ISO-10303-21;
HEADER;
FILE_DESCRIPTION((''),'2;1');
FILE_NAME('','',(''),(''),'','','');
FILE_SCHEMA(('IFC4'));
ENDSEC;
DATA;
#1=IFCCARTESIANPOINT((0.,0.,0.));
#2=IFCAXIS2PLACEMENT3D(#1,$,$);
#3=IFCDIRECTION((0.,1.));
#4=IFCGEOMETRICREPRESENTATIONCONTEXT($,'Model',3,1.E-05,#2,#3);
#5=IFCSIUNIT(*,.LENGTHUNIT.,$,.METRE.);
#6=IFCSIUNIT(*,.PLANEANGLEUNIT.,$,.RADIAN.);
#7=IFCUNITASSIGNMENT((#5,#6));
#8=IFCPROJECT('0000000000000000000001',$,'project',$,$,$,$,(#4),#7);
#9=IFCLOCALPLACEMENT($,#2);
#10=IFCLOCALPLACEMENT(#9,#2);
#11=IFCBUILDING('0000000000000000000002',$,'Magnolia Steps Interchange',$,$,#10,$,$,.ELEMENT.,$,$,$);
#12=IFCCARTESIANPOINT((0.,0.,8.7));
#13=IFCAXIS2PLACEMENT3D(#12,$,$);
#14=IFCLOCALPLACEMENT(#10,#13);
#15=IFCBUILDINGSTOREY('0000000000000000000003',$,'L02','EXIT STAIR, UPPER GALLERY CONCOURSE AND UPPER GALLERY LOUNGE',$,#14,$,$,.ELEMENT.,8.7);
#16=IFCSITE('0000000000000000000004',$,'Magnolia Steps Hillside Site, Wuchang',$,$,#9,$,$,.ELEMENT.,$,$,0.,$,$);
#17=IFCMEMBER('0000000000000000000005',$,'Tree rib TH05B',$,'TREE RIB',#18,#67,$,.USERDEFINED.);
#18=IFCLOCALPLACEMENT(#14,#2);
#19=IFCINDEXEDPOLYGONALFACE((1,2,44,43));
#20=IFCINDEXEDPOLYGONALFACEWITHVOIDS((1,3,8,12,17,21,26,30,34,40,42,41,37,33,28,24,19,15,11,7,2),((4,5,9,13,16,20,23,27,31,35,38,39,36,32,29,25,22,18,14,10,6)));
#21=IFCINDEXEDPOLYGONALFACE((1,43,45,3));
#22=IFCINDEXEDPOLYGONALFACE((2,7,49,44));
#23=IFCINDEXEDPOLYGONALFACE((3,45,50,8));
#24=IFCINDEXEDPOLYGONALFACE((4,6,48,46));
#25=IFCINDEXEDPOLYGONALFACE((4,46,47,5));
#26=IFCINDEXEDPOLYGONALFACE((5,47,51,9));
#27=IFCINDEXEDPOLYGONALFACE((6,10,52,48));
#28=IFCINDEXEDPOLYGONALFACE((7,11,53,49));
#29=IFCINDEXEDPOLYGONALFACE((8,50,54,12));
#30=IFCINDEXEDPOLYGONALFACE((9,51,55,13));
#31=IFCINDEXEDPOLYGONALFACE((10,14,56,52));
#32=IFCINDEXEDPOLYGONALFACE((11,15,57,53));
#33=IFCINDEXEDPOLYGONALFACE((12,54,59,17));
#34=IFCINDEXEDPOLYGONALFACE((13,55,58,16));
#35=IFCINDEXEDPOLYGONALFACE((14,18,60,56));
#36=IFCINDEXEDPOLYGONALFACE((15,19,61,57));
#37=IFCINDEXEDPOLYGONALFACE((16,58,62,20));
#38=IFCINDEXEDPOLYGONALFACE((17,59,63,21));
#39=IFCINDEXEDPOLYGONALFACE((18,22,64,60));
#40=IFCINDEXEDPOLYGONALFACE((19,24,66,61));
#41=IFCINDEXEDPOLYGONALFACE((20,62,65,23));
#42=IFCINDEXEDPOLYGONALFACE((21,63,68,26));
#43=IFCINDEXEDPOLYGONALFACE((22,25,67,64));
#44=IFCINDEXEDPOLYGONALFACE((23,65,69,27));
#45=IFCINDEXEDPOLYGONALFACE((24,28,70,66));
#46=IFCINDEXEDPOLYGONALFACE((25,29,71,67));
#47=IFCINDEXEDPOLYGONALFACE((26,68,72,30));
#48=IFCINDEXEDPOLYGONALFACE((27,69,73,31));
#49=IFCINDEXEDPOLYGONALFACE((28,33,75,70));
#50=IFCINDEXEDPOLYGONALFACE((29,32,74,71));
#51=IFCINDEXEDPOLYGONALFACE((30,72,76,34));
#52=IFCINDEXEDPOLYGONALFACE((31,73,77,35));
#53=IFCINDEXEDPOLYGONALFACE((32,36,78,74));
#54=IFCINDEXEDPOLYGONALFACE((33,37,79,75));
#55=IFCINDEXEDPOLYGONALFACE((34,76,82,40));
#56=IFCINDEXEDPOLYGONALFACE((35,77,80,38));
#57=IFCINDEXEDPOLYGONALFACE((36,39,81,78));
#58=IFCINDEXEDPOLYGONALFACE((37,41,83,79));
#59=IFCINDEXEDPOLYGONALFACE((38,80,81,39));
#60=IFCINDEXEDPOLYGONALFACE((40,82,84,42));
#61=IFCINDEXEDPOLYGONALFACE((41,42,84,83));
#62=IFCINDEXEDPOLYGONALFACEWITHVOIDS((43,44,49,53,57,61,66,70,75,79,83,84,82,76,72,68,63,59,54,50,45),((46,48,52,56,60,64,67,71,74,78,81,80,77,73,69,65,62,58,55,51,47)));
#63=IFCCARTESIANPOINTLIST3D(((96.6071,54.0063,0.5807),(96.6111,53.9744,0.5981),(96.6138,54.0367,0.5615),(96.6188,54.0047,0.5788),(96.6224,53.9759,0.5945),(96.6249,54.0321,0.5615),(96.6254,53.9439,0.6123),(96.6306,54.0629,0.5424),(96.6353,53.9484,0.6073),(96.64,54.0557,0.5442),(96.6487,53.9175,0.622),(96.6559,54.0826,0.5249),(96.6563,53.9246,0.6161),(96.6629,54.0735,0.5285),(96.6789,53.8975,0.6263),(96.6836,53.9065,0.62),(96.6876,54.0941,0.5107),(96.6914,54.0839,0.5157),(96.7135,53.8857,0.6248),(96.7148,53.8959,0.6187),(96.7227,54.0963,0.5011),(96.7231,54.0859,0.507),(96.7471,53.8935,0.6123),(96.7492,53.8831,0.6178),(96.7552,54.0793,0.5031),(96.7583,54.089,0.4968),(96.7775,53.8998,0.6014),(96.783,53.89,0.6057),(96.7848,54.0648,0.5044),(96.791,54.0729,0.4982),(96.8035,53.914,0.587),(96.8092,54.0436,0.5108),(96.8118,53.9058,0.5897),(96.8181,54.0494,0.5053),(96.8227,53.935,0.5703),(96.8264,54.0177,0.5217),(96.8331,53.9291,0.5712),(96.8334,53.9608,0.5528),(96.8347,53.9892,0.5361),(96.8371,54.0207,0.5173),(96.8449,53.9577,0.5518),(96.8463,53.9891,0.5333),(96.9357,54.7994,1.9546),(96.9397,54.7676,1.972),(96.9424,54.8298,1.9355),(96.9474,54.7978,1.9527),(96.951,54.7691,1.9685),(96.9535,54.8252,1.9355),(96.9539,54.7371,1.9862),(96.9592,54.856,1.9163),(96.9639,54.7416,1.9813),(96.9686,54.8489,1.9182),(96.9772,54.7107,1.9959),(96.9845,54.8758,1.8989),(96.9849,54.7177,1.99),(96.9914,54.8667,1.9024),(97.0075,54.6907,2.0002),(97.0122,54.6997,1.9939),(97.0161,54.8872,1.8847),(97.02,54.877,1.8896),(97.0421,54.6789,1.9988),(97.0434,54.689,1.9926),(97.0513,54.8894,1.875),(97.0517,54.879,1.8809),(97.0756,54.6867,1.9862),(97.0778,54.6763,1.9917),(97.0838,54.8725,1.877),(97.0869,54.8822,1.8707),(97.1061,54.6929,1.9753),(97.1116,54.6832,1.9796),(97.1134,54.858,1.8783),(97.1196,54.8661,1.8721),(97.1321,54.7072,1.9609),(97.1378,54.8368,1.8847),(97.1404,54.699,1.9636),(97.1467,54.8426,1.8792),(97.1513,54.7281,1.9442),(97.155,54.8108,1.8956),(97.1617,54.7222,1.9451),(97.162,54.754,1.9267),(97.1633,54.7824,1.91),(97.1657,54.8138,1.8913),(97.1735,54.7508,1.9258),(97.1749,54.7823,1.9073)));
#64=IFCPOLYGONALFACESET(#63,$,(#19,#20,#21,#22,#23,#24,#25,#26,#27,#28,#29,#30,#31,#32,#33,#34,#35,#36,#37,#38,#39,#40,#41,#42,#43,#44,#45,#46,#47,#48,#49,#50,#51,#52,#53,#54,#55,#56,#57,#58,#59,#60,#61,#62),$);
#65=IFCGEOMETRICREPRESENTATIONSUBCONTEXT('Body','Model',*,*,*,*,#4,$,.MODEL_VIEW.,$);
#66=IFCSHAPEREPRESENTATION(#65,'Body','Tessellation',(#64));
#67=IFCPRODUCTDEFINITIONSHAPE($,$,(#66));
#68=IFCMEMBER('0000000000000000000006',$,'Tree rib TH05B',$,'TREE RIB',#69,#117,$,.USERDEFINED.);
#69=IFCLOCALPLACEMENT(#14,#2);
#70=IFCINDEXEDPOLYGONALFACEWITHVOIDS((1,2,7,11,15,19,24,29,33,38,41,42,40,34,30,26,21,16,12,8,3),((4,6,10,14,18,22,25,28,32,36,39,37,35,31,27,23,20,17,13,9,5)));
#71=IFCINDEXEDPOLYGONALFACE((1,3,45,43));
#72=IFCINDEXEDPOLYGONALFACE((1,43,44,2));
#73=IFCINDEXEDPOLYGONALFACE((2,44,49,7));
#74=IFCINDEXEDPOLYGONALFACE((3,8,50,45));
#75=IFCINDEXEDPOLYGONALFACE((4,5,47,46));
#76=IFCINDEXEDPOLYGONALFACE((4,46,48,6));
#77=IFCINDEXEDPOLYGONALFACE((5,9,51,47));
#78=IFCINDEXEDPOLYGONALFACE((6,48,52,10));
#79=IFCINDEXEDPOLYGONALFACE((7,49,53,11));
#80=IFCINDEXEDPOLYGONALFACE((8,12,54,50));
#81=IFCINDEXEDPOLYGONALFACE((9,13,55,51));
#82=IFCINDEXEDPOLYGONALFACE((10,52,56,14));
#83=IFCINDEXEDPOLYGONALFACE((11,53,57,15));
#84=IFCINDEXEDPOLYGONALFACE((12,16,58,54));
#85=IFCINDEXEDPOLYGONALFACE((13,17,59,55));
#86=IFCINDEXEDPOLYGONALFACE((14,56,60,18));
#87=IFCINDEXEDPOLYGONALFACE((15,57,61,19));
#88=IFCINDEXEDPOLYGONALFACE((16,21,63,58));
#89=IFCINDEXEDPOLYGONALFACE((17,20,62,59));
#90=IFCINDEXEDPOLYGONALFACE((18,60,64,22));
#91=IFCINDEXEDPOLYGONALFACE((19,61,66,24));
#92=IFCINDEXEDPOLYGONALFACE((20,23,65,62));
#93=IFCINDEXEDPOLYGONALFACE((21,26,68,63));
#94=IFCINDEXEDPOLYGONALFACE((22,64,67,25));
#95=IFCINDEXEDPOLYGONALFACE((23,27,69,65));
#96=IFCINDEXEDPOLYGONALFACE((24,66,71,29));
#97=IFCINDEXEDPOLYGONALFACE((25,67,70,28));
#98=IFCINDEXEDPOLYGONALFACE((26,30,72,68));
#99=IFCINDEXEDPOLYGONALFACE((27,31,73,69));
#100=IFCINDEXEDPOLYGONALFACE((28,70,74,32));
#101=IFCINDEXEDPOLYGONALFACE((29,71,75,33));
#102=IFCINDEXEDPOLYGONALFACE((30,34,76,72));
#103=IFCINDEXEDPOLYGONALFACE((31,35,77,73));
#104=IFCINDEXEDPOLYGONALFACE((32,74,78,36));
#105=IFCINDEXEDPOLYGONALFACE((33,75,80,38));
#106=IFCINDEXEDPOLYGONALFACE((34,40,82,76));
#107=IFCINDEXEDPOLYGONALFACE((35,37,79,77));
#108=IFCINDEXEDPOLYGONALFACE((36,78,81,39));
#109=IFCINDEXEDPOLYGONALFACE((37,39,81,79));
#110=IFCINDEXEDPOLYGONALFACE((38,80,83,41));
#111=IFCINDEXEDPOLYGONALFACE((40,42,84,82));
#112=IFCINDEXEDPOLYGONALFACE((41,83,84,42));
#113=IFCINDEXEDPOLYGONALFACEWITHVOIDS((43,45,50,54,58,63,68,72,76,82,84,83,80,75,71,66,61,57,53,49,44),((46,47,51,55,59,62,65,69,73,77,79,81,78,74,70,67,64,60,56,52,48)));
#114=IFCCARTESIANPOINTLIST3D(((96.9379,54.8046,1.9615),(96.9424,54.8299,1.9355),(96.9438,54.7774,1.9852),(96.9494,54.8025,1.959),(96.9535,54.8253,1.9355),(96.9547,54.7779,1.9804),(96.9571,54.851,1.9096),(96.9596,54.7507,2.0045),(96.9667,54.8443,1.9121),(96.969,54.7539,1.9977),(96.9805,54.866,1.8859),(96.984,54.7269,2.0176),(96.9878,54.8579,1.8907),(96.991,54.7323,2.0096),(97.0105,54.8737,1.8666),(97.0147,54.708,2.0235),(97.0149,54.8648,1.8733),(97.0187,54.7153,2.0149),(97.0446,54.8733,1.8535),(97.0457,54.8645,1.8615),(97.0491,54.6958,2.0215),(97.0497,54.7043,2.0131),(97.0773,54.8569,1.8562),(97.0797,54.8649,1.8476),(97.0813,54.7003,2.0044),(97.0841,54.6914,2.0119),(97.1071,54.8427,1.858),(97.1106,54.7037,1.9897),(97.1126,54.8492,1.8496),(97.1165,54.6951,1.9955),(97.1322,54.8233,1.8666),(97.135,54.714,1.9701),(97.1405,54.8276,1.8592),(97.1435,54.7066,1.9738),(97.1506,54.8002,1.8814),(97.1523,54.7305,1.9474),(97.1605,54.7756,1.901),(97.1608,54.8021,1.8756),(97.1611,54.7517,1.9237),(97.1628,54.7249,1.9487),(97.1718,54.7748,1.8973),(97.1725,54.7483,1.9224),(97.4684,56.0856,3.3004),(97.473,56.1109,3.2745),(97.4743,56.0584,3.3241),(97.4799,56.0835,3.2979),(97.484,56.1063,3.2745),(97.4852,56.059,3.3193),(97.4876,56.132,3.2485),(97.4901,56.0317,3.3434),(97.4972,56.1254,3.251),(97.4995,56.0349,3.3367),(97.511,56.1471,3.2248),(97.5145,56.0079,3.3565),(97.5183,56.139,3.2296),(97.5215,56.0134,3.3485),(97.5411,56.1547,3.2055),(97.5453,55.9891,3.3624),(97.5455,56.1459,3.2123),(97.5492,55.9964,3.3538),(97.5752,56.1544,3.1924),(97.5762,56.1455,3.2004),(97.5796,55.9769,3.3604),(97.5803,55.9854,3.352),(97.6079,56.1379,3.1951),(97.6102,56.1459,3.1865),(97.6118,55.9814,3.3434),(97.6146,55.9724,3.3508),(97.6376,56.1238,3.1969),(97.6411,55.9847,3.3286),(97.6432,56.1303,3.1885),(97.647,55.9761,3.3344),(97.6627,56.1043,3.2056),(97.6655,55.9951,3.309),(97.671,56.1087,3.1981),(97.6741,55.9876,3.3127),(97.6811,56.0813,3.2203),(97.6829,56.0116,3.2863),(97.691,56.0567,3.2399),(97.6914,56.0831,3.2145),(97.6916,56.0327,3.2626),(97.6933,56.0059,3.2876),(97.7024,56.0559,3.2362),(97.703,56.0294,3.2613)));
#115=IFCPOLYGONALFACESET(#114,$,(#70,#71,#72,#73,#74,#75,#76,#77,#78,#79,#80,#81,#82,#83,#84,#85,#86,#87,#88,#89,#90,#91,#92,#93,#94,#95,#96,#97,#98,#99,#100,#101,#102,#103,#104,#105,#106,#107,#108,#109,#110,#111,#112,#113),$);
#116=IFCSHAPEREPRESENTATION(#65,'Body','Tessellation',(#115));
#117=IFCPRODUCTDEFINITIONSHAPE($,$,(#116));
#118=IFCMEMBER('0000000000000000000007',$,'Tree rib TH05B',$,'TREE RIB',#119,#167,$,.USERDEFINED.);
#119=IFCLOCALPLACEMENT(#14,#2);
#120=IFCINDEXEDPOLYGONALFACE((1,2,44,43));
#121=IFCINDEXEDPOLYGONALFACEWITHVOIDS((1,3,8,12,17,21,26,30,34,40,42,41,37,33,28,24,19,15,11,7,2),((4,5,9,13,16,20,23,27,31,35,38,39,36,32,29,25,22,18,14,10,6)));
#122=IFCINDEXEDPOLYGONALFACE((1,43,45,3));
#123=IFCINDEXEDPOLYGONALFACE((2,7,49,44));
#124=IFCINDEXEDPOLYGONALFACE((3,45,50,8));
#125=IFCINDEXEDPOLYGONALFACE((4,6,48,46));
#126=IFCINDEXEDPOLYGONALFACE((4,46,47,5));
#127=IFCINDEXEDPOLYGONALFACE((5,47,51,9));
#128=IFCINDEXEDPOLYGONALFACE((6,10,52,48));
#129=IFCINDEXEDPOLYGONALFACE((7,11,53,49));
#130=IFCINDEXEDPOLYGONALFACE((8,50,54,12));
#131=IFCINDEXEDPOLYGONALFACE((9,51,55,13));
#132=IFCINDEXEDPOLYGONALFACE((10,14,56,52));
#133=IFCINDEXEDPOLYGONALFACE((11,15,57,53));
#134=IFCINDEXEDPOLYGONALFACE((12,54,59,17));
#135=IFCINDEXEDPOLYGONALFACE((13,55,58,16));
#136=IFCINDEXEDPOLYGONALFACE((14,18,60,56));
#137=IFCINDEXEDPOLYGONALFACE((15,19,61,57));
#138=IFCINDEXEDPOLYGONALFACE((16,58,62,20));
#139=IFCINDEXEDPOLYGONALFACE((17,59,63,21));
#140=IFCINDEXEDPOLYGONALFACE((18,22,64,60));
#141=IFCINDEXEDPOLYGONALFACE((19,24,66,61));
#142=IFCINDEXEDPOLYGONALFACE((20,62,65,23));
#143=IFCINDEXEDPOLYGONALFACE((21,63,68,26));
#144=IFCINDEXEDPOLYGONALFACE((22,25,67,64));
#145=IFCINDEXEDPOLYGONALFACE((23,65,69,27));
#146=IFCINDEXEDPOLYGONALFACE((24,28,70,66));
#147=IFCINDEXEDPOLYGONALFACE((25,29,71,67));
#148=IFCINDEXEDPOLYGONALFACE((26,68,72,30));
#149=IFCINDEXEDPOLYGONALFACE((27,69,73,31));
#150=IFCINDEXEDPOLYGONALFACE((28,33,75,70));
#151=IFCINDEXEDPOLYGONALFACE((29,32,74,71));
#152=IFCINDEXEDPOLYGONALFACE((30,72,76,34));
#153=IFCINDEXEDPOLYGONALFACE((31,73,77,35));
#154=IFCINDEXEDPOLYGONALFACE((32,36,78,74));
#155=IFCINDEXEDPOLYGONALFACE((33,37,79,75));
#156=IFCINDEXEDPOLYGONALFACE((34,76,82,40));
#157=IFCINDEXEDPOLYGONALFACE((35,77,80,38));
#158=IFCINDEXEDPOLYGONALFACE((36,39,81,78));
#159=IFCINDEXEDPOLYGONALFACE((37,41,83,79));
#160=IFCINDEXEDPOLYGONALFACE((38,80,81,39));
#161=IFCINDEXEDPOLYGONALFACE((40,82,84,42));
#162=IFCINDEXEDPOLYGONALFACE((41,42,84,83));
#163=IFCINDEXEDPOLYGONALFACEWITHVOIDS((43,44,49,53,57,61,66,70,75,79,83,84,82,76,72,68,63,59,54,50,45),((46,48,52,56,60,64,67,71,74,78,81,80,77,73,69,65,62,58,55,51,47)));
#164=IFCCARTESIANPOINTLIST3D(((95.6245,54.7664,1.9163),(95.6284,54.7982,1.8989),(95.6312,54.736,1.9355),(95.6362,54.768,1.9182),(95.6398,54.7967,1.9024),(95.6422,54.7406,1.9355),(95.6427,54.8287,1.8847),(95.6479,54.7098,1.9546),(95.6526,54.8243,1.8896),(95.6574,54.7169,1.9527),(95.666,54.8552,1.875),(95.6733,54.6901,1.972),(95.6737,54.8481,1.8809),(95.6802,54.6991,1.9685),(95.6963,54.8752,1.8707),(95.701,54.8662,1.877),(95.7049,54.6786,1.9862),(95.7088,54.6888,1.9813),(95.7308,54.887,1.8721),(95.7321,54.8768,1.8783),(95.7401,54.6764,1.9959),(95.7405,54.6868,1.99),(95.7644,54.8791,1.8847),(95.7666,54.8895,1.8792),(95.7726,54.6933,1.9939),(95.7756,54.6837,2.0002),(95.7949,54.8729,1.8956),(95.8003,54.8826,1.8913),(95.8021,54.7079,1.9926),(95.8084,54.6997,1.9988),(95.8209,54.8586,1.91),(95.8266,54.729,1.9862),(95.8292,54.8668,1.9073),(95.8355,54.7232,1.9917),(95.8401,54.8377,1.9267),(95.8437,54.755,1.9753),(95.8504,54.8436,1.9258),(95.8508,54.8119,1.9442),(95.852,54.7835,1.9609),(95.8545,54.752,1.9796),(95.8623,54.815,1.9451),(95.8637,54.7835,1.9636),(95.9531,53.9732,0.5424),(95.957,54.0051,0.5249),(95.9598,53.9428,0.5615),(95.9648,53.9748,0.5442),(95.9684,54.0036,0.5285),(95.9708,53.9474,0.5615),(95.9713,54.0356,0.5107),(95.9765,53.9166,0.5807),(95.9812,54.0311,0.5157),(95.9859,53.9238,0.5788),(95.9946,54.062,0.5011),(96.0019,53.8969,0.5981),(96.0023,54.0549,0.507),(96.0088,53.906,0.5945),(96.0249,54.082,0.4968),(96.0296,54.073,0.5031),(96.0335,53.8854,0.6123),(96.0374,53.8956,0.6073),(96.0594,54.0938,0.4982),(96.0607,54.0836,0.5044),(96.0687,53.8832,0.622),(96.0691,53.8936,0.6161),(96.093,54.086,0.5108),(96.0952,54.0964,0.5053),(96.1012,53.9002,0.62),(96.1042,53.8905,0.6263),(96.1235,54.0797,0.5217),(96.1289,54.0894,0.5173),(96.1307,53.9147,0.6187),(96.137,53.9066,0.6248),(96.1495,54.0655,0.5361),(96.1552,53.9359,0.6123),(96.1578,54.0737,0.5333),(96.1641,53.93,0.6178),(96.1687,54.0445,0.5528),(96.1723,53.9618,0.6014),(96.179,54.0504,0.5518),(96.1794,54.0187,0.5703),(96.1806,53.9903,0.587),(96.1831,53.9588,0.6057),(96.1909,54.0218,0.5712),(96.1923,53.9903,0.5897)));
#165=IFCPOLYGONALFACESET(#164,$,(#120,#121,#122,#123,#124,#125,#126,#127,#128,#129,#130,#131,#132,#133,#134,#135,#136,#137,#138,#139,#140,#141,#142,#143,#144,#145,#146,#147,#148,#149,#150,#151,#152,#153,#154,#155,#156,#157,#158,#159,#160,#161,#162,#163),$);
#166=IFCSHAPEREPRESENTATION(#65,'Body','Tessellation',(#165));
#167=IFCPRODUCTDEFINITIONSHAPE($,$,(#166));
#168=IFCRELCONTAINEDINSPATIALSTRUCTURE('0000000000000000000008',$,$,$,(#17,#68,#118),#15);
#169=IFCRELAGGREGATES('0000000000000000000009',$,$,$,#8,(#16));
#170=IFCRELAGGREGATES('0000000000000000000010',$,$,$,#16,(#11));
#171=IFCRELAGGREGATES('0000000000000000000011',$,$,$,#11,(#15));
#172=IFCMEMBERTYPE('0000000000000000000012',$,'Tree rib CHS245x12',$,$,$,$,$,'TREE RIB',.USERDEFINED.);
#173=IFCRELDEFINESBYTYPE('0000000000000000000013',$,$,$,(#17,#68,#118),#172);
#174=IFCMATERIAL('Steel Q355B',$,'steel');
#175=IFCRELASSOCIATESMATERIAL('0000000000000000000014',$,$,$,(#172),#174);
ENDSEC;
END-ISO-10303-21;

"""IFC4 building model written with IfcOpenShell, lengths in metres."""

from ifc_helpers import new_model, si_unit, direction, frame, origin, origin_2d, place, context, subcontext, project, spatial, hollow_circle, extrude, material, material_profile, profile_set, type_object, element, save


model = new_model("IFC4")

# Units and contexts
model_context = context("Model", 3, precision=1e-05, world=origin(), true_north=direction((0.0, 1.0)))
body_context = subcontext(model_context, "Body", "Model", "MODEL_VIEW")
ifc_project = project(units=[si_unit("LENGTHUNIT", "METRE"), si_unit("PLANEANGLEUNIT", "RADIAN")], contexts=[model_context])

# Site, building, storey
site_placement = place(None, origin())
site = spatial("IfcSite", under=ifc_project, at=site_placement, Name="Magnolia Steps Hillside Site, Wuchang", CompositionType="ELEMENT", RefElevation=0.0)
building_placement = place(site_placement, origin())
building = spatial("IfcBuilding", under=site, at=building_placement, Name="Magnolia Steps Interchange", CompositionType="ELEMENT")
storey_placement = place(building_placement, frame((0.0, 0.0, 8.7)))
storey = spatial("IfcBuildingStorey", under=building, at=storey_placement, Name="L02", Description="EXIT STAIR, UPPER GALLERY CONCOURSE AND UPPER GALLERY LOUNGE", CompositionType="ELEMENT", Elevation=8.7)

# Members
ifc_material_1 = material(Name="Steel Q355B", Category="steel")
ifc_material_profile_1 = material_profile(ifc_material_1, hollow_circle(Radius=0.1226, WallThickness=0.012, at=origin_2d()), Name="CHS245x12")
ifc_profile_set_1 = profile_set([ifc_material_profile_1], Name="Steel Q355B")
member_type = type_object("IfcMemberType", Name="Tree rib CHS245x12", ElementType="TREE RIB", PredefinedType="USERDEFINED", material=ifc_profile_set_1)
member_1_placement = place(storey_placement, frame((96.7271, 53.9897, 0.5615), z_axis=(0.20282, 0.489571, 0.848047), x_axis=(-0.923857, 0.382737, 0.0)))
element("IfcMember", 1, at=member_1_placement, inside=storey, type_object=member_type, Name="Tree rib TH05B", ObjectType="TREE RIB", PredefinedType="USERDEFINED", context=body_context, shape_type="SweptSolid", body=[
    extrude(hollow_circle(Radius=0.1226, WallThickness=0.012, at=origin_2d()), origin(), (0.0, 0.0, 1.0), 1.6201),
])
member_2_placement = place(storey_placement, frame((97.0557, 54.783, 1.9355), z_axis=(0.275246, 0.664618, 0.694638), x_axis=(-0.923903, 0.382627, 0.0)))
element("IfcMember", 2, at=member_2_placement, inside=storey, type_object=member_type, Name="Tree rib TH05B", ObjectType="TREE RIB", PredefinedType="USERDEFINED", context=body_context, shape_type="SweptSolid", body=[
    extrude(hollow_circle(Radius=0.1226, WallThickness=0.012, at=origin_2d()), origin(), (0.0, 0.0, 1.0), 1.9275),
])
member_3_placement = place(storey_placement, frame((96.073, 53.9897, 0.5615), z_axis=(-0.20282, 0.489571, 0.848047), x_axis=(-0.923857, -0.382737, 0.0)))
element("IfcMember", 3, at=member_3_placement, inside=storey, type_object=member_type, Name="Tree rib TH05B", ObjectType="TREE RIB", PredefinedType="USERDEFINED", context=body_context, shape_type="SweptSolid", body=[
    extrude(hollow_circle(Radius=0.1226, WallThickness=0.012, at=origin_2d()), origin(), (0.0, 0.0, 1.0), 1.6201),
])

save(model, "model.ifc")
